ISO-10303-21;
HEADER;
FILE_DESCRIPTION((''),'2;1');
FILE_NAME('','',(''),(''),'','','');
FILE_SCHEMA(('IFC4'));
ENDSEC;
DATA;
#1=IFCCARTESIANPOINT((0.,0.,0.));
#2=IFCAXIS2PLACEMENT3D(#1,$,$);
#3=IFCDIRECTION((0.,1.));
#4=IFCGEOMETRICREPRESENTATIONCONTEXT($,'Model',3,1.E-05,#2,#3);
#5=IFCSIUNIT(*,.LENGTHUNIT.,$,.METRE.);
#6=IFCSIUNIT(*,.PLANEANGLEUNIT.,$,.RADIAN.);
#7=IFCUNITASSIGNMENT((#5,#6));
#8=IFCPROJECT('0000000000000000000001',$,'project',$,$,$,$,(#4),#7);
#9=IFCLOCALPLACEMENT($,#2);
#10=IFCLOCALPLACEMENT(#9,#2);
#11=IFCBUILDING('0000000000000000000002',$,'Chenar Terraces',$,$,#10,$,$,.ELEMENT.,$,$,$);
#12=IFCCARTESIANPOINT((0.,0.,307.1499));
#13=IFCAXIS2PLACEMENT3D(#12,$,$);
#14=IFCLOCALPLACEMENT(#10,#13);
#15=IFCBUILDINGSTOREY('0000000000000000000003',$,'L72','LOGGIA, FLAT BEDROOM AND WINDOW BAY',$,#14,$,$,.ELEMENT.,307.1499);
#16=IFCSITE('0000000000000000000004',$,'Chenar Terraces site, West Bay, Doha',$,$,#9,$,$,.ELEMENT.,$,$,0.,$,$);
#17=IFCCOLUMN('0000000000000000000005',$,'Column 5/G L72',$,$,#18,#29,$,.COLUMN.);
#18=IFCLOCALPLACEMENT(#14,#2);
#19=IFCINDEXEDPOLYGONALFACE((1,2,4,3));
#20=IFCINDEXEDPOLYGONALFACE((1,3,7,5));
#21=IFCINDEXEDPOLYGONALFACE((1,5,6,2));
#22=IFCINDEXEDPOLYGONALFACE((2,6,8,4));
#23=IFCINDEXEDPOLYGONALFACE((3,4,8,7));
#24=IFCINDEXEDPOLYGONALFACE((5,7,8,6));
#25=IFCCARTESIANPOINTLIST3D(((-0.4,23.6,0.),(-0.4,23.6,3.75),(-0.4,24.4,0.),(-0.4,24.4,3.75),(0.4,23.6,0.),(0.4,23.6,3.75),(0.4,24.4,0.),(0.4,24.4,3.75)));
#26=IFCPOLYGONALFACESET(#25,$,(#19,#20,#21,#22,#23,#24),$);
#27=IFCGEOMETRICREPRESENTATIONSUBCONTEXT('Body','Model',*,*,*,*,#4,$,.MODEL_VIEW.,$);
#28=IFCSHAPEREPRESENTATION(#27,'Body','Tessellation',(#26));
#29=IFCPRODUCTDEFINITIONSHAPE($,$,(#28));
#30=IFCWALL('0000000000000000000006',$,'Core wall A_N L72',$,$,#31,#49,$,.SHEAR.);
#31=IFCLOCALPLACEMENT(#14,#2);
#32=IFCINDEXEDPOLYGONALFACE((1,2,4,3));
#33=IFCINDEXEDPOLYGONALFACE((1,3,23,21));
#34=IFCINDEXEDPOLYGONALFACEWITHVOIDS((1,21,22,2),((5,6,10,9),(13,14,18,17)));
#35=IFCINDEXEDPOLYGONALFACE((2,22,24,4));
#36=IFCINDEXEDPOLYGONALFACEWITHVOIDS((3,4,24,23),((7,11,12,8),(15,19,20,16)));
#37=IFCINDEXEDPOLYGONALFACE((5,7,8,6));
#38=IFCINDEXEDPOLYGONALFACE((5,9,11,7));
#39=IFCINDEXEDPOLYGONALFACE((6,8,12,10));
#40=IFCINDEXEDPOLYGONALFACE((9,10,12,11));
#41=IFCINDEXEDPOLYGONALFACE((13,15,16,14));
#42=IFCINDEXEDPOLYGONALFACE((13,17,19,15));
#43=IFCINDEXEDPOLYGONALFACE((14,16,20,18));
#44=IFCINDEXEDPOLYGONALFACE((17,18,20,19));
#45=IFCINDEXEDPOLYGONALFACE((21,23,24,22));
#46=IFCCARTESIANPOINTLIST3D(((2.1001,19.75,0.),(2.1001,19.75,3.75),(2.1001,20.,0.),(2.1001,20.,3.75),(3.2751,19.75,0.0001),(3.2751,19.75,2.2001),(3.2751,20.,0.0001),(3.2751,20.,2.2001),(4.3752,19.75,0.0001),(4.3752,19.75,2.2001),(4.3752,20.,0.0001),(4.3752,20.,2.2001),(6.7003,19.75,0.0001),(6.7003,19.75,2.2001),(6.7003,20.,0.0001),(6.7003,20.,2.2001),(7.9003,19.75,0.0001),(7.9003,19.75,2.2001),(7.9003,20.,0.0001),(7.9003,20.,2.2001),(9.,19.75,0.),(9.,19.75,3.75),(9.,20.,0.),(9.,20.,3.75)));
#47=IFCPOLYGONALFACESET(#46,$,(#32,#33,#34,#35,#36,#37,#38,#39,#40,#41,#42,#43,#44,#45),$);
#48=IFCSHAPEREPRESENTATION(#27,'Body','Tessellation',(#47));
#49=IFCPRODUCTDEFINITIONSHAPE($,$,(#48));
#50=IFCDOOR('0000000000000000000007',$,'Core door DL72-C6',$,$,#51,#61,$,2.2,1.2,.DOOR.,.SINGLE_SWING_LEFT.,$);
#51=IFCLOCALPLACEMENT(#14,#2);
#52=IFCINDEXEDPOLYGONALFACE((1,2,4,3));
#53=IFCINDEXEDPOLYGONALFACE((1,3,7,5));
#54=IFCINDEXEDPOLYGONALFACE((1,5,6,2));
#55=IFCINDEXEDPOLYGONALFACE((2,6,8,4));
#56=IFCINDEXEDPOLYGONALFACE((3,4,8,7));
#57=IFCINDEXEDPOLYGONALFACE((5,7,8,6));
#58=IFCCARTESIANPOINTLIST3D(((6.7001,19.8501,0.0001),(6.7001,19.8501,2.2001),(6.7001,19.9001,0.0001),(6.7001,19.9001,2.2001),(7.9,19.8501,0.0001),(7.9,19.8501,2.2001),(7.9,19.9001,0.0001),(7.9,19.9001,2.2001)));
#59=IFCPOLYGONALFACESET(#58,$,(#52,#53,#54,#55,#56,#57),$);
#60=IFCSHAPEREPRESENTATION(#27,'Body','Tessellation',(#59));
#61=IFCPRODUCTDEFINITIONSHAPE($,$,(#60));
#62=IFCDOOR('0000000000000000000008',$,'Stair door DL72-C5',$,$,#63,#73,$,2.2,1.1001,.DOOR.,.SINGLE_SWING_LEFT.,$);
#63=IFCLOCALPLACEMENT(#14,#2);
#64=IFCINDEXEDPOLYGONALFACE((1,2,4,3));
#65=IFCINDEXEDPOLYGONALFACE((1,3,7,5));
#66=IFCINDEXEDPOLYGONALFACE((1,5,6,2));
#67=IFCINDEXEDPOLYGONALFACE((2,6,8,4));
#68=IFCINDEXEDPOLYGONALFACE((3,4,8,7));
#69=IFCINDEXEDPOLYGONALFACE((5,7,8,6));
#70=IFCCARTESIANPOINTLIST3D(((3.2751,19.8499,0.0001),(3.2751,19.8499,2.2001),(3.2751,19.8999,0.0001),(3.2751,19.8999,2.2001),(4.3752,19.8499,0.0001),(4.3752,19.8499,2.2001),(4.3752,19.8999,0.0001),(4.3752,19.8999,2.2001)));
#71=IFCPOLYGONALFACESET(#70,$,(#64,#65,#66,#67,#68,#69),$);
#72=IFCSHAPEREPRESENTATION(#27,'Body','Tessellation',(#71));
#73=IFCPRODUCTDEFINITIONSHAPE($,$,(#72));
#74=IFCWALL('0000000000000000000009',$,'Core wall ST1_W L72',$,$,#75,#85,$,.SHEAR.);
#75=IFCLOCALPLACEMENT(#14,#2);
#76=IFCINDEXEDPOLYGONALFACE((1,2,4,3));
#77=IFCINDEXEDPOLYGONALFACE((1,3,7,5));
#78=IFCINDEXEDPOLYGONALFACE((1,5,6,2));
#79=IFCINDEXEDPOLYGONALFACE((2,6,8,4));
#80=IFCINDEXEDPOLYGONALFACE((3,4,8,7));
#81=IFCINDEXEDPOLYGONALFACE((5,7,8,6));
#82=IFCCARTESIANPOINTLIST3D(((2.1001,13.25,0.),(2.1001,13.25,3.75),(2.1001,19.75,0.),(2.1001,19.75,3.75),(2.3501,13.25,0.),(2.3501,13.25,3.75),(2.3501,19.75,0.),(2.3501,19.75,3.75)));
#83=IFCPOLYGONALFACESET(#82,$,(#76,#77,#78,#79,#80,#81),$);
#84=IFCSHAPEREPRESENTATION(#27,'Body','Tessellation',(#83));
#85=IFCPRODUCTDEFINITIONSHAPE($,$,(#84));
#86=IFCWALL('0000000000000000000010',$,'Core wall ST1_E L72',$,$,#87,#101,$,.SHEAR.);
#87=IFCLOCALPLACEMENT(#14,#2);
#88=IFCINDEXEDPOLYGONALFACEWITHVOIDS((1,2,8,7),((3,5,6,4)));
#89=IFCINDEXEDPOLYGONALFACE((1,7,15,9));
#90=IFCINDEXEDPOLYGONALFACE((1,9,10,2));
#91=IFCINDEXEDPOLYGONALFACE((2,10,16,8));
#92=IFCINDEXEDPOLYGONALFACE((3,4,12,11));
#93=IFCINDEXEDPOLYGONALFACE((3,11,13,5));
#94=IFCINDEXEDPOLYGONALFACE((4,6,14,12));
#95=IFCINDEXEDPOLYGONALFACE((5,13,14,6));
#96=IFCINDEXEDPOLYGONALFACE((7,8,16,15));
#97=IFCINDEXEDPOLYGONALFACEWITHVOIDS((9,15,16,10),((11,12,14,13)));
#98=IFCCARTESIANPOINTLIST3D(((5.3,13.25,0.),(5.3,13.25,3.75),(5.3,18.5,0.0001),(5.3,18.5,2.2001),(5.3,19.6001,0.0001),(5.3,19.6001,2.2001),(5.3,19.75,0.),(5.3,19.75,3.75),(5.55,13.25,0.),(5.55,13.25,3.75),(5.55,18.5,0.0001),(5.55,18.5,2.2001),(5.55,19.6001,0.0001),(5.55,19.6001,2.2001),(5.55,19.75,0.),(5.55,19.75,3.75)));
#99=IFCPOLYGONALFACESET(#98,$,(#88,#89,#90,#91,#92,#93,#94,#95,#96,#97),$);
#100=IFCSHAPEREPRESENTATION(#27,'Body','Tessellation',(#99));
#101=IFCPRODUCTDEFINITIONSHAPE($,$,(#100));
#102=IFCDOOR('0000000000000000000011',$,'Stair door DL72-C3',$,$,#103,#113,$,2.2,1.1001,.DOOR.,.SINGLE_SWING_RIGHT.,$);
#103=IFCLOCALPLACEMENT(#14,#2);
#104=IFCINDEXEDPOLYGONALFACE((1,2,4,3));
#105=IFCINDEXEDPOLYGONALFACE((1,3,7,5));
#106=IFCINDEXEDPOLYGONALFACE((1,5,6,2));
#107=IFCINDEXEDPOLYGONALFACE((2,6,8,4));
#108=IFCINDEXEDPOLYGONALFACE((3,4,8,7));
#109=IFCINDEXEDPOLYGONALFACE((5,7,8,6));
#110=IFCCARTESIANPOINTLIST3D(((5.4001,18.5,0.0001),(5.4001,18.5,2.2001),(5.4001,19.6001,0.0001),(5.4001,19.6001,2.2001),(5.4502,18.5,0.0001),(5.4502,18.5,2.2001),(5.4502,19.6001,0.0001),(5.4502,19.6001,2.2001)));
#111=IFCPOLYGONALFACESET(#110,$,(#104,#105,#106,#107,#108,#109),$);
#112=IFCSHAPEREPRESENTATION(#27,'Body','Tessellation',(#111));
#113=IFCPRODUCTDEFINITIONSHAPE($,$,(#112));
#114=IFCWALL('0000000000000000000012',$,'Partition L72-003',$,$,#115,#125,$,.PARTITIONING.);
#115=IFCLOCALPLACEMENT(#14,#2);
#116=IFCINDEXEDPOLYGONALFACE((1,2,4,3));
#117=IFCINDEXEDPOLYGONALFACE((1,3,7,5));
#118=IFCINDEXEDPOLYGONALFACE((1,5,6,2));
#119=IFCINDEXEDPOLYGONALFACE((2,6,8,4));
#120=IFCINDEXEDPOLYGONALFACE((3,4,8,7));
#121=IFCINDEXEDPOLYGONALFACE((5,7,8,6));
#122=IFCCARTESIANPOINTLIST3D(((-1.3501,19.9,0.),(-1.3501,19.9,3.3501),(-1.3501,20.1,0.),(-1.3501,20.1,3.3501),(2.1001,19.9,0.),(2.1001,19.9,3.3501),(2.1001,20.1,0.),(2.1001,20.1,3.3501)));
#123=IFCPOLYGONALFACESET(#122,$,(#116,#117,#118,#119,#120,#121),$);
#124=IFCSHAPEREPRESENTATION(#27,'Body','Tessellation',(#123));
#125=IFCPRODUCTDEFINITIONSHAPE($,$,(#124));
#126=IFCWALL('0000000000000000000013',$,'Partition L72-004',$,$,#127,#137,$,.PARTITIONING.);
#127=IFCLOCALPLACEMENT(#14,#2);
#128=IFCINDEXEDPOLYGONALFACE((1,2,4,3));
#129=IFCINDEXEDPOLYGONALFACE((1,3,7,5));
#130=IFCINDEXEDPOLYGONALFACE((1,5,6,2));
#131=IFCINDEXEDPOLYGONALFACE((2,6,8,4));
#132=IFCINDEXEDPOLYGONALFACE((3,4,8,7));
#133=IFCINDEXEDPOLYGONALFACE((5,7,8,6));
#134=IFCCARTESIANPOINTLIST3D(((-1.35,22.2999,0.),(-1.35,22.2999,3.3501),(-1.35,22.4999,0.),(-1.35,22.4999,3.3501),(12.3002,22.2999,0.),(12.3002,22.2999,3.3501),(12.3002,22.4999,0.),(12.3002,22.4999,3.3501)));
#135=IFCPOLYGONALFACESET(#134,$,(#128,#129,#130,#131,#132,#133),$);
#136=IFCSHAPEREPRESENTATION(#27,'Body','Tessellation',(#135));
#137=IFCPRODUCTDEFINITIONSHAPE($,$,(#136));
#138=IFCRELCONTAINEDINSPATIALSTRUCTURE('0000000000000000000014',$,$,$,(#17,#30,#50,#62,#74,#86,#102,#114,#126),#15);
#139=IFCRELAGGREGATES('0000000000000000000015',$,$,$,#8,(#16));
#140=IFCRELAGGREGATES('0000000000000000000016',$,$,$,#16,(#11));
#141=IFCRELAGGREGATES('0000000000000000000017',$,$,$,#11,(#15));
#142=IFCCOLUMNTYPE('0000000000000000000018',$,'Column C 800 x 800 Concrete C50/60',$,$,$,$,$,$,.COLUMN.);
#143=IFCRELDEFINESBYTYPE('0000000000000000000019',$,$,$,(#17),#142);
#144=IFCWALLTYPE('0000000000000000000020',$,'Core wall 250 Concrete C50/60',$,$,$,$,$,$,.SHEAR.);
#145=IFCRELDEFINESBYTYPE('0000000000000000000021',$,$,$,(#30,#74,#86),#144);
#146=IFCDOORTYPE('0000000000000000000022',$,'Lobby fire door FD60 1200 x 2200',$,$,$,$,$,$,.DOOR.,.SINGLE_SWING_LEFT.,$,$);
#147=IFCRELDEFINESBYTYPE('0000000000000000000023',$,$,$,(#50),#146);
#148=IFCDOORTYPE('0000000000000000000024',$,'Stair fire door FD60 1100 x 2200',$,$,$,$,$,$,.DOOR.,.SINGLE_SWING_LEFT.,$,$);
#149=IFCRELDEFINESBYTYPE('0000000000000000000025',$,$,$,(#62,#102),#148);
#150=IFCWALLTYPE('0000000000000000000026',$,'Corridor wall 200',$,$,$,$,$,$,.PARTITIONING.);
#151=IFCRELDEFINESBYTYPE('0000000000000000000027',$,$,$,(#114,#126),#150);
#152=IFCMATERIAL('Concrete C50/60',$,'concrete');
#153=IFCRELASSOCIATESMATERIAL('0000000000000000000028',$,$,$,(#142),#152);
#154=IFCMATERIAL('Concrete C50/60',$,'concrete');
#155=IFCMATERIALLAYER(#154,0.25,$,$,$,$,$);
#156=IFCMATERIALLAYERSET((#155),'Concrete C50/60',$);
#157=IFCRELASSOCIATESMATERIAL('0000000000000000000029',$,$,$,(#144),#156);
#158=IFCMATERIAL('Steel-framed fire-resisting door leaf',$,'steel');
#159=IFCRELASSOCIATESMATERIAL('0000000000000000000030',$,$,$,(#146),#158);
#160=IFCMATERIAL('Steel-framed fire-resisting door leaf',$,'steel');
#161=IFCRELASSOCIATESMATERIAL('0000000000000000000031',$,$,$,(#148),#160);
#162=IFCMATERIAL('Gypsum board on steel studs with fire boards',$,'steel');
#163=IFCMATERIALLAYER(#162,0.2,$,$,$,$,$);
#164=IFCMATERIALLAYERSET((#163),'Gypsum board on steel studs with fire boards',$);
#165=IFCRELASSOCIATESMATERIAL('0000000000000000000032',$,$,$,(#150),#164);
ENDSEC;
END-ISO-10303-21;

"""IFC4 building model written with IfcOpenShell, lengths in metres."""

from ifc_helpers import new_model, si_unit, direction, frame, frame_2d, origin, origin_2d, place, context, subcontext, project, spatial, rectangle, extrude, material, layer, layer_set, material_profile, profile_set, type_object, element, fill, save


model = new_model("IFC4")

# Units and contexts
model_context = context("Model", 3, precision=1e-05, world=origin(), true_north=direction((0.0, 1.0)))
body_context = subcontext(model_context, "Body", "Model", "MODEL_VIEW")
ifc_project = project(units=[si_unit("LENGTHUNIT", "METRE"), si_unit("PLANEANGLEUNIT", "RADIAN")], contexts=[model_context])

# Site, building, storey
site_placement = place(None, origin())
site = spatial("IfcSite", under=ifc_project, at=site_placement, Name="Chenar Terraces site, West Bay, Doha", CompositionType="ELEMENT", RefElevation=0.0)
building_placement = place(site_placement, origin())
building = spatial("IfcBuilding", under=site, at=building_placement, Name="Chenar Terraces", CompositionType="ELEMENT")
storey_placement = place(building_placement, frame((0.0, 0.0, 307.1499)))
storey = spatial("IfcBuildingStorey", under=building, at=storey_placement, Name="L72", Description="LOGGIA, FLAT BEDROOM AND WINDOW BAY", CompositionType="ELEMENT", Elevation=307.1499)

# Column
ifc_material_1 = material(Name="Concrete C50/60", Category="concrete")
ifc_material_profile = material_profile(ifc_material_1, rectangle(XDim=0.8, YDim=0.8, at=origin_2d()), Name="C 800 x 800")
ifc_profile_set = profile_set([ifc_material_profile], Name="Concrete C50/60")
column_type = type_object("IfcColumnType", Name="Column C 800 x 800 Concrete C50/60", PredefinedType="COLUMN", material=ifc_profile_set)
column_placement = place(storey_placement, frame((0.0, 24.0, 0.0), z_axis=(0.0, 0.0, 1.0), x_axis=(1.0, 0.0, 0.0)))
element("IfcColumn", 1, at=column_placement, inside=storey, type_object=column_type, Name="Column 5/G L72", PredefinedType="COLUMN", context=body_context, shape_type="SweptSolid", body=[
    extrude(rectangle(XDim=0.8, YDim=0.8, at=origin_2d()), origin(), (0.0, 0.0, 1.0), 3.75),
])

# Wall, openings, doors
ifc_material_2 = material(Name="Concrete C50/60", Category="concrete")
ifc_layer_1 = layer(ifc_material_2, 0.25)
ifc_layer_set_1 = layer_set([ifc_layer_1], Name="Concrete C50/60")
wall_type_1 = type_object("IfcWallType", Name="Core wall 250 Concrete C50/60", PredefinedType="SHEAR", material=ifc_layer_set_1)
wall_1_placement = place(storey_placement, frame((2.1001, 19.875, 0.0), z_axis=(0.0, 0.0, 1.0), x_axis=(1.0, 0.0, 0.0)))
wall_1 = element("IfcWall", 2, at=wall_1_placement, inside=storey, type_object=wall_type_1, Name="Core wall A_N L72", PredefinedType="SHEAR", context=body_context, shape_type="SweptSolid", body=[
    extrude(rectangle(XDim=6.8999, YDim=0.25, at=frame_2d((3.45, 0.0))), origin(), (0.0, 0.0, 1.0), 3.75),
])
opening_1_placement = place(wall_1_placement, frame((1.175, 0.0, 0.0)))
opening_1 = element("IfcOpeningElement", 3, at=opening_1_placement, cuts=wall_1, PredefinedType="OPENING", context=body_context, shape_type="SweptSolid", body=[
    extrude(rectangle(XDim=1.1001, YDim=2.2, at=frame_2d((0.55, 1.1001))), frame((0.0, 0.135, 0.0), z_axis=(0.0, -1.0, 0.0), x_axis=(1.0, 0.0, 0.0)), (0.0, 0.0, 1.0), 0.27),
])
opening_2_placement = place(wall_1_placement, frame((4.6001, 0.0, 0.0)))
opening_2 = element("IfcOpeningElement", 4, at=opening_2_placement, cuts=wall_1, PredefinedType="OPENING", context=body_context, shape_type="SweptSolid", body=[
    extrude(rectangle(XDim=1.2, YDim=2.2, at=frame_2d((0.6001, 1.1001))), frame((0.0, 0.135, 0.0), z_axis=(0.0, -1.0, 0.0), x_axis=(1.0, 0.0, 0.0)), (0.0, 0.0, 1.0), 0.27),
])
ifc_material_3 = material(Name="Steel-framed fire-resisting door leaf", Category="steel")
door_type_1 = type_object("IfcDoorType", Name="Lobby fire door FD60 1200 x 2200", OperationType="SINGLE_SWING_LEFT", PredefinedType="DOOR", material=ifc_material_3)
door_1_placement = place(opening_2_placement, frame((1.2, 0.0, 0.0), z_axis=(0.0, 0.0, 1.0), x_axis=(-1.0, 0.0, 0.0)))
door_1 = element("IfcDoor", 5, at=door_1_placement, inside=storey, type_object=door_type_1, Name="Core door DL72-C6", OperationType="SINGLE_SWING_LEFT", OverallHeight=2.2, OverallWidth=1.2, PredefinedType="DOOR", context=body_context, shape_type="SweptSolid", body=[
    extrude(rectangle(XDim=1.2, YDim=2.2, at=frame_2d((0.6001, 1.1001))), frame((0.0, 0.0249, 0.0), z_axis=(0.0, -1.0, 0.0), x_axis=(1.0, 0.0, 0.0)), (0.0, 0.0, 1.0), 0.05),
])
fill(opening_2, door_1)
ifc_material_4 = material(Name="Steel-framed fire-resisting door leaf", Category="steel")
door_type_2 = type_object("IfcDoorType", Name="Stair fire door FD60 1100 x 2200", OperationType="SINGLE_SWING_LEFT", PredefinedType="DOOR", material=ifc_material_4)
door_2_placement = place(opening_1_placement, origin())
door_2 = element("IfcDoor", 6, at=door_2_placement, inside=storey, type_object=door_type_2, Name="Stair door DL72-C5", OperationType="SINGLE_SWING_LEFT", OverallHeight=2.2, OverallWidth=1.1001, PredefinedType="DOOR", context=body_context, shape_type="SweptSolid", body=[
    extrude(rectangle(XDim=1.1001, YDim=2.2, at=frame_2d((0.55, 1.1001))), frame((0.0, 0.0249, 0.0), z_axis=(0.0, -1.0, 0.0), x_axis=(1.0, 0.0, 0.0)), (0.0, 0.0, 1.0), 0.05),
])
fill(opening_1, door_2)

# Wall
wall_2_placement = place(storey_placement, frame((2.2251, 13.25, 0.0), z_axis=(0.0, 0.0, 1.0), x_axis=(0.0, 1.0, 0.0)))
element("IfcWall", 7, at=wall_2_placement, inside=storey, type_object=wall_type_1, Name="Core wall ST1_W L72", PredefinedType="SHEAR", context=body_context, shape_type="SweptSolid", body=[
    extrude(rectangle(XDim=6.5, YDim=0.25, at=frame_2d((3.25, 0.0))), origin(), (0.0, 0.0, 1.0), 3.75),
])

# Wall, opening, door
wall_3_placement = place(storey_placement, frame((5.425, 13.25, 0.0), z_axis=(0.0, 0.0, 1.0), x_axis=(0.0, 1.0, 0.0)))
wall_3 = element("IfcWall", 8, at=wall_3_placement, inside=storey, type_object=wall_type_1, Name="Core wall ST1_E L72", PredefinedType="SHEAR", context=body_context, shape_type="SweptSolid", body=[
    extrude(rectangle(XDim=6.5, YDim=0.25, at=frame_2d((3.25, 0.0))), origin(), (0.0, 0.0, 1.0), 3.75),
])
opening_3_placement = place(wall_3_placement, frame((5.25, 0.0, 0.0)))
opening_3 = element("IfcOpeningElement", 9, at=opening_3_placement, cuts=wall_3, PredefinedType="OPENING", context=body_context, shape_type="SweptSolid", body=[
    extrude(rectangle(XDim=1.1001, YDim=2.2, at=frame_2d((0.55, 1.1001))), frame((0.0, 0.135, 0.0), z_axis=(0.0, -1.0, 0.0), x_axis=(1.0, 0.0, 0.0)), (0.0, 0.0, 1.0), 0.27),
])
door_3_placement = place(opening_3_placement, origin())
door_3 = element("IfcDoor", 10, at=door_3_placement, inside=storey, type_object=door_type_2, Name="Stair door DL72-C3", OperationType="SINGLE_SWING_RIGHT", OverallHeight=2.2, OverallWidth=1.1001, PredefinedType="DOOR", context=body_context, shape_type="SweptSolid", body=[
    extrude(rectangle(XDim=1.1001, YDim=2.2, at=frame_2d((0.55, 1.1001))), frame((0.0, 0.0249, 0.0), z_axis=(0.0, -1.0, 0.0), x_axis=(1.0, 0.0, 0.0)), (0.0, 0.0, 1.0), 0.05),
])
fill(opening_3, door_3)

# Walls
ifc_material_5 = material(Name="Gypsum board on steel studs with fire boards", Category="steel")
ifc_layer_2 = layer(ifc_material_5, 0.2)
ifc_layer_set_2 = layer_set([ifc_layer_2], Name="Gypsum board on steel studs with fire boards")
wall_type_2 = type_object("IfcWallType", Name="Corridor wall 200", PredefinedType="PARTITIONING", material=ifc_layer_set_2)
wall_4_placement = place(storey_placement, frame((-1.3501, 20.0, 0.0), z_axis=(0.0, 0.0, 1.0), x_axis=(1.0, 0.0, 0.0)))
element("IfcWall", 11, at=wall_4_placement, inside=storey, type_object=wall_type_2, Name="Partition L72-003", PredefinedType="PARTITIONING", context=body_context, shape_type="SweptSolid", body=[
    extrude(rectangle(XDim=3.4502, YDim=0.2, at=frame_2d((1.7251, 0.0))), origin(), (0.0, 0.0, 1.0), 3.3501),
])
wall_5_placement = place(storey_placement, frame((-1.3501, 22.3999, 0.0), z_axis=(0.0, 0.0, 1.0), x_axis=(1.0, 0.0, 0.0)))
element("IfcWall", 12, at=wall_5_placement, inside=storey, type_object=wall_type_2, Name="Partition L72-004", PredefinedType="PARTITIONING", context=body_context, shape_type="SweptSolid", body=[
    extrude(rectangle(XDim=13.6501, YDim=0.2, at=frame_2d((6.8252, 0.0))), origin(), (0.0, 0.0, 1.0), 3.3501),
])

save(model, "model.ifc")
